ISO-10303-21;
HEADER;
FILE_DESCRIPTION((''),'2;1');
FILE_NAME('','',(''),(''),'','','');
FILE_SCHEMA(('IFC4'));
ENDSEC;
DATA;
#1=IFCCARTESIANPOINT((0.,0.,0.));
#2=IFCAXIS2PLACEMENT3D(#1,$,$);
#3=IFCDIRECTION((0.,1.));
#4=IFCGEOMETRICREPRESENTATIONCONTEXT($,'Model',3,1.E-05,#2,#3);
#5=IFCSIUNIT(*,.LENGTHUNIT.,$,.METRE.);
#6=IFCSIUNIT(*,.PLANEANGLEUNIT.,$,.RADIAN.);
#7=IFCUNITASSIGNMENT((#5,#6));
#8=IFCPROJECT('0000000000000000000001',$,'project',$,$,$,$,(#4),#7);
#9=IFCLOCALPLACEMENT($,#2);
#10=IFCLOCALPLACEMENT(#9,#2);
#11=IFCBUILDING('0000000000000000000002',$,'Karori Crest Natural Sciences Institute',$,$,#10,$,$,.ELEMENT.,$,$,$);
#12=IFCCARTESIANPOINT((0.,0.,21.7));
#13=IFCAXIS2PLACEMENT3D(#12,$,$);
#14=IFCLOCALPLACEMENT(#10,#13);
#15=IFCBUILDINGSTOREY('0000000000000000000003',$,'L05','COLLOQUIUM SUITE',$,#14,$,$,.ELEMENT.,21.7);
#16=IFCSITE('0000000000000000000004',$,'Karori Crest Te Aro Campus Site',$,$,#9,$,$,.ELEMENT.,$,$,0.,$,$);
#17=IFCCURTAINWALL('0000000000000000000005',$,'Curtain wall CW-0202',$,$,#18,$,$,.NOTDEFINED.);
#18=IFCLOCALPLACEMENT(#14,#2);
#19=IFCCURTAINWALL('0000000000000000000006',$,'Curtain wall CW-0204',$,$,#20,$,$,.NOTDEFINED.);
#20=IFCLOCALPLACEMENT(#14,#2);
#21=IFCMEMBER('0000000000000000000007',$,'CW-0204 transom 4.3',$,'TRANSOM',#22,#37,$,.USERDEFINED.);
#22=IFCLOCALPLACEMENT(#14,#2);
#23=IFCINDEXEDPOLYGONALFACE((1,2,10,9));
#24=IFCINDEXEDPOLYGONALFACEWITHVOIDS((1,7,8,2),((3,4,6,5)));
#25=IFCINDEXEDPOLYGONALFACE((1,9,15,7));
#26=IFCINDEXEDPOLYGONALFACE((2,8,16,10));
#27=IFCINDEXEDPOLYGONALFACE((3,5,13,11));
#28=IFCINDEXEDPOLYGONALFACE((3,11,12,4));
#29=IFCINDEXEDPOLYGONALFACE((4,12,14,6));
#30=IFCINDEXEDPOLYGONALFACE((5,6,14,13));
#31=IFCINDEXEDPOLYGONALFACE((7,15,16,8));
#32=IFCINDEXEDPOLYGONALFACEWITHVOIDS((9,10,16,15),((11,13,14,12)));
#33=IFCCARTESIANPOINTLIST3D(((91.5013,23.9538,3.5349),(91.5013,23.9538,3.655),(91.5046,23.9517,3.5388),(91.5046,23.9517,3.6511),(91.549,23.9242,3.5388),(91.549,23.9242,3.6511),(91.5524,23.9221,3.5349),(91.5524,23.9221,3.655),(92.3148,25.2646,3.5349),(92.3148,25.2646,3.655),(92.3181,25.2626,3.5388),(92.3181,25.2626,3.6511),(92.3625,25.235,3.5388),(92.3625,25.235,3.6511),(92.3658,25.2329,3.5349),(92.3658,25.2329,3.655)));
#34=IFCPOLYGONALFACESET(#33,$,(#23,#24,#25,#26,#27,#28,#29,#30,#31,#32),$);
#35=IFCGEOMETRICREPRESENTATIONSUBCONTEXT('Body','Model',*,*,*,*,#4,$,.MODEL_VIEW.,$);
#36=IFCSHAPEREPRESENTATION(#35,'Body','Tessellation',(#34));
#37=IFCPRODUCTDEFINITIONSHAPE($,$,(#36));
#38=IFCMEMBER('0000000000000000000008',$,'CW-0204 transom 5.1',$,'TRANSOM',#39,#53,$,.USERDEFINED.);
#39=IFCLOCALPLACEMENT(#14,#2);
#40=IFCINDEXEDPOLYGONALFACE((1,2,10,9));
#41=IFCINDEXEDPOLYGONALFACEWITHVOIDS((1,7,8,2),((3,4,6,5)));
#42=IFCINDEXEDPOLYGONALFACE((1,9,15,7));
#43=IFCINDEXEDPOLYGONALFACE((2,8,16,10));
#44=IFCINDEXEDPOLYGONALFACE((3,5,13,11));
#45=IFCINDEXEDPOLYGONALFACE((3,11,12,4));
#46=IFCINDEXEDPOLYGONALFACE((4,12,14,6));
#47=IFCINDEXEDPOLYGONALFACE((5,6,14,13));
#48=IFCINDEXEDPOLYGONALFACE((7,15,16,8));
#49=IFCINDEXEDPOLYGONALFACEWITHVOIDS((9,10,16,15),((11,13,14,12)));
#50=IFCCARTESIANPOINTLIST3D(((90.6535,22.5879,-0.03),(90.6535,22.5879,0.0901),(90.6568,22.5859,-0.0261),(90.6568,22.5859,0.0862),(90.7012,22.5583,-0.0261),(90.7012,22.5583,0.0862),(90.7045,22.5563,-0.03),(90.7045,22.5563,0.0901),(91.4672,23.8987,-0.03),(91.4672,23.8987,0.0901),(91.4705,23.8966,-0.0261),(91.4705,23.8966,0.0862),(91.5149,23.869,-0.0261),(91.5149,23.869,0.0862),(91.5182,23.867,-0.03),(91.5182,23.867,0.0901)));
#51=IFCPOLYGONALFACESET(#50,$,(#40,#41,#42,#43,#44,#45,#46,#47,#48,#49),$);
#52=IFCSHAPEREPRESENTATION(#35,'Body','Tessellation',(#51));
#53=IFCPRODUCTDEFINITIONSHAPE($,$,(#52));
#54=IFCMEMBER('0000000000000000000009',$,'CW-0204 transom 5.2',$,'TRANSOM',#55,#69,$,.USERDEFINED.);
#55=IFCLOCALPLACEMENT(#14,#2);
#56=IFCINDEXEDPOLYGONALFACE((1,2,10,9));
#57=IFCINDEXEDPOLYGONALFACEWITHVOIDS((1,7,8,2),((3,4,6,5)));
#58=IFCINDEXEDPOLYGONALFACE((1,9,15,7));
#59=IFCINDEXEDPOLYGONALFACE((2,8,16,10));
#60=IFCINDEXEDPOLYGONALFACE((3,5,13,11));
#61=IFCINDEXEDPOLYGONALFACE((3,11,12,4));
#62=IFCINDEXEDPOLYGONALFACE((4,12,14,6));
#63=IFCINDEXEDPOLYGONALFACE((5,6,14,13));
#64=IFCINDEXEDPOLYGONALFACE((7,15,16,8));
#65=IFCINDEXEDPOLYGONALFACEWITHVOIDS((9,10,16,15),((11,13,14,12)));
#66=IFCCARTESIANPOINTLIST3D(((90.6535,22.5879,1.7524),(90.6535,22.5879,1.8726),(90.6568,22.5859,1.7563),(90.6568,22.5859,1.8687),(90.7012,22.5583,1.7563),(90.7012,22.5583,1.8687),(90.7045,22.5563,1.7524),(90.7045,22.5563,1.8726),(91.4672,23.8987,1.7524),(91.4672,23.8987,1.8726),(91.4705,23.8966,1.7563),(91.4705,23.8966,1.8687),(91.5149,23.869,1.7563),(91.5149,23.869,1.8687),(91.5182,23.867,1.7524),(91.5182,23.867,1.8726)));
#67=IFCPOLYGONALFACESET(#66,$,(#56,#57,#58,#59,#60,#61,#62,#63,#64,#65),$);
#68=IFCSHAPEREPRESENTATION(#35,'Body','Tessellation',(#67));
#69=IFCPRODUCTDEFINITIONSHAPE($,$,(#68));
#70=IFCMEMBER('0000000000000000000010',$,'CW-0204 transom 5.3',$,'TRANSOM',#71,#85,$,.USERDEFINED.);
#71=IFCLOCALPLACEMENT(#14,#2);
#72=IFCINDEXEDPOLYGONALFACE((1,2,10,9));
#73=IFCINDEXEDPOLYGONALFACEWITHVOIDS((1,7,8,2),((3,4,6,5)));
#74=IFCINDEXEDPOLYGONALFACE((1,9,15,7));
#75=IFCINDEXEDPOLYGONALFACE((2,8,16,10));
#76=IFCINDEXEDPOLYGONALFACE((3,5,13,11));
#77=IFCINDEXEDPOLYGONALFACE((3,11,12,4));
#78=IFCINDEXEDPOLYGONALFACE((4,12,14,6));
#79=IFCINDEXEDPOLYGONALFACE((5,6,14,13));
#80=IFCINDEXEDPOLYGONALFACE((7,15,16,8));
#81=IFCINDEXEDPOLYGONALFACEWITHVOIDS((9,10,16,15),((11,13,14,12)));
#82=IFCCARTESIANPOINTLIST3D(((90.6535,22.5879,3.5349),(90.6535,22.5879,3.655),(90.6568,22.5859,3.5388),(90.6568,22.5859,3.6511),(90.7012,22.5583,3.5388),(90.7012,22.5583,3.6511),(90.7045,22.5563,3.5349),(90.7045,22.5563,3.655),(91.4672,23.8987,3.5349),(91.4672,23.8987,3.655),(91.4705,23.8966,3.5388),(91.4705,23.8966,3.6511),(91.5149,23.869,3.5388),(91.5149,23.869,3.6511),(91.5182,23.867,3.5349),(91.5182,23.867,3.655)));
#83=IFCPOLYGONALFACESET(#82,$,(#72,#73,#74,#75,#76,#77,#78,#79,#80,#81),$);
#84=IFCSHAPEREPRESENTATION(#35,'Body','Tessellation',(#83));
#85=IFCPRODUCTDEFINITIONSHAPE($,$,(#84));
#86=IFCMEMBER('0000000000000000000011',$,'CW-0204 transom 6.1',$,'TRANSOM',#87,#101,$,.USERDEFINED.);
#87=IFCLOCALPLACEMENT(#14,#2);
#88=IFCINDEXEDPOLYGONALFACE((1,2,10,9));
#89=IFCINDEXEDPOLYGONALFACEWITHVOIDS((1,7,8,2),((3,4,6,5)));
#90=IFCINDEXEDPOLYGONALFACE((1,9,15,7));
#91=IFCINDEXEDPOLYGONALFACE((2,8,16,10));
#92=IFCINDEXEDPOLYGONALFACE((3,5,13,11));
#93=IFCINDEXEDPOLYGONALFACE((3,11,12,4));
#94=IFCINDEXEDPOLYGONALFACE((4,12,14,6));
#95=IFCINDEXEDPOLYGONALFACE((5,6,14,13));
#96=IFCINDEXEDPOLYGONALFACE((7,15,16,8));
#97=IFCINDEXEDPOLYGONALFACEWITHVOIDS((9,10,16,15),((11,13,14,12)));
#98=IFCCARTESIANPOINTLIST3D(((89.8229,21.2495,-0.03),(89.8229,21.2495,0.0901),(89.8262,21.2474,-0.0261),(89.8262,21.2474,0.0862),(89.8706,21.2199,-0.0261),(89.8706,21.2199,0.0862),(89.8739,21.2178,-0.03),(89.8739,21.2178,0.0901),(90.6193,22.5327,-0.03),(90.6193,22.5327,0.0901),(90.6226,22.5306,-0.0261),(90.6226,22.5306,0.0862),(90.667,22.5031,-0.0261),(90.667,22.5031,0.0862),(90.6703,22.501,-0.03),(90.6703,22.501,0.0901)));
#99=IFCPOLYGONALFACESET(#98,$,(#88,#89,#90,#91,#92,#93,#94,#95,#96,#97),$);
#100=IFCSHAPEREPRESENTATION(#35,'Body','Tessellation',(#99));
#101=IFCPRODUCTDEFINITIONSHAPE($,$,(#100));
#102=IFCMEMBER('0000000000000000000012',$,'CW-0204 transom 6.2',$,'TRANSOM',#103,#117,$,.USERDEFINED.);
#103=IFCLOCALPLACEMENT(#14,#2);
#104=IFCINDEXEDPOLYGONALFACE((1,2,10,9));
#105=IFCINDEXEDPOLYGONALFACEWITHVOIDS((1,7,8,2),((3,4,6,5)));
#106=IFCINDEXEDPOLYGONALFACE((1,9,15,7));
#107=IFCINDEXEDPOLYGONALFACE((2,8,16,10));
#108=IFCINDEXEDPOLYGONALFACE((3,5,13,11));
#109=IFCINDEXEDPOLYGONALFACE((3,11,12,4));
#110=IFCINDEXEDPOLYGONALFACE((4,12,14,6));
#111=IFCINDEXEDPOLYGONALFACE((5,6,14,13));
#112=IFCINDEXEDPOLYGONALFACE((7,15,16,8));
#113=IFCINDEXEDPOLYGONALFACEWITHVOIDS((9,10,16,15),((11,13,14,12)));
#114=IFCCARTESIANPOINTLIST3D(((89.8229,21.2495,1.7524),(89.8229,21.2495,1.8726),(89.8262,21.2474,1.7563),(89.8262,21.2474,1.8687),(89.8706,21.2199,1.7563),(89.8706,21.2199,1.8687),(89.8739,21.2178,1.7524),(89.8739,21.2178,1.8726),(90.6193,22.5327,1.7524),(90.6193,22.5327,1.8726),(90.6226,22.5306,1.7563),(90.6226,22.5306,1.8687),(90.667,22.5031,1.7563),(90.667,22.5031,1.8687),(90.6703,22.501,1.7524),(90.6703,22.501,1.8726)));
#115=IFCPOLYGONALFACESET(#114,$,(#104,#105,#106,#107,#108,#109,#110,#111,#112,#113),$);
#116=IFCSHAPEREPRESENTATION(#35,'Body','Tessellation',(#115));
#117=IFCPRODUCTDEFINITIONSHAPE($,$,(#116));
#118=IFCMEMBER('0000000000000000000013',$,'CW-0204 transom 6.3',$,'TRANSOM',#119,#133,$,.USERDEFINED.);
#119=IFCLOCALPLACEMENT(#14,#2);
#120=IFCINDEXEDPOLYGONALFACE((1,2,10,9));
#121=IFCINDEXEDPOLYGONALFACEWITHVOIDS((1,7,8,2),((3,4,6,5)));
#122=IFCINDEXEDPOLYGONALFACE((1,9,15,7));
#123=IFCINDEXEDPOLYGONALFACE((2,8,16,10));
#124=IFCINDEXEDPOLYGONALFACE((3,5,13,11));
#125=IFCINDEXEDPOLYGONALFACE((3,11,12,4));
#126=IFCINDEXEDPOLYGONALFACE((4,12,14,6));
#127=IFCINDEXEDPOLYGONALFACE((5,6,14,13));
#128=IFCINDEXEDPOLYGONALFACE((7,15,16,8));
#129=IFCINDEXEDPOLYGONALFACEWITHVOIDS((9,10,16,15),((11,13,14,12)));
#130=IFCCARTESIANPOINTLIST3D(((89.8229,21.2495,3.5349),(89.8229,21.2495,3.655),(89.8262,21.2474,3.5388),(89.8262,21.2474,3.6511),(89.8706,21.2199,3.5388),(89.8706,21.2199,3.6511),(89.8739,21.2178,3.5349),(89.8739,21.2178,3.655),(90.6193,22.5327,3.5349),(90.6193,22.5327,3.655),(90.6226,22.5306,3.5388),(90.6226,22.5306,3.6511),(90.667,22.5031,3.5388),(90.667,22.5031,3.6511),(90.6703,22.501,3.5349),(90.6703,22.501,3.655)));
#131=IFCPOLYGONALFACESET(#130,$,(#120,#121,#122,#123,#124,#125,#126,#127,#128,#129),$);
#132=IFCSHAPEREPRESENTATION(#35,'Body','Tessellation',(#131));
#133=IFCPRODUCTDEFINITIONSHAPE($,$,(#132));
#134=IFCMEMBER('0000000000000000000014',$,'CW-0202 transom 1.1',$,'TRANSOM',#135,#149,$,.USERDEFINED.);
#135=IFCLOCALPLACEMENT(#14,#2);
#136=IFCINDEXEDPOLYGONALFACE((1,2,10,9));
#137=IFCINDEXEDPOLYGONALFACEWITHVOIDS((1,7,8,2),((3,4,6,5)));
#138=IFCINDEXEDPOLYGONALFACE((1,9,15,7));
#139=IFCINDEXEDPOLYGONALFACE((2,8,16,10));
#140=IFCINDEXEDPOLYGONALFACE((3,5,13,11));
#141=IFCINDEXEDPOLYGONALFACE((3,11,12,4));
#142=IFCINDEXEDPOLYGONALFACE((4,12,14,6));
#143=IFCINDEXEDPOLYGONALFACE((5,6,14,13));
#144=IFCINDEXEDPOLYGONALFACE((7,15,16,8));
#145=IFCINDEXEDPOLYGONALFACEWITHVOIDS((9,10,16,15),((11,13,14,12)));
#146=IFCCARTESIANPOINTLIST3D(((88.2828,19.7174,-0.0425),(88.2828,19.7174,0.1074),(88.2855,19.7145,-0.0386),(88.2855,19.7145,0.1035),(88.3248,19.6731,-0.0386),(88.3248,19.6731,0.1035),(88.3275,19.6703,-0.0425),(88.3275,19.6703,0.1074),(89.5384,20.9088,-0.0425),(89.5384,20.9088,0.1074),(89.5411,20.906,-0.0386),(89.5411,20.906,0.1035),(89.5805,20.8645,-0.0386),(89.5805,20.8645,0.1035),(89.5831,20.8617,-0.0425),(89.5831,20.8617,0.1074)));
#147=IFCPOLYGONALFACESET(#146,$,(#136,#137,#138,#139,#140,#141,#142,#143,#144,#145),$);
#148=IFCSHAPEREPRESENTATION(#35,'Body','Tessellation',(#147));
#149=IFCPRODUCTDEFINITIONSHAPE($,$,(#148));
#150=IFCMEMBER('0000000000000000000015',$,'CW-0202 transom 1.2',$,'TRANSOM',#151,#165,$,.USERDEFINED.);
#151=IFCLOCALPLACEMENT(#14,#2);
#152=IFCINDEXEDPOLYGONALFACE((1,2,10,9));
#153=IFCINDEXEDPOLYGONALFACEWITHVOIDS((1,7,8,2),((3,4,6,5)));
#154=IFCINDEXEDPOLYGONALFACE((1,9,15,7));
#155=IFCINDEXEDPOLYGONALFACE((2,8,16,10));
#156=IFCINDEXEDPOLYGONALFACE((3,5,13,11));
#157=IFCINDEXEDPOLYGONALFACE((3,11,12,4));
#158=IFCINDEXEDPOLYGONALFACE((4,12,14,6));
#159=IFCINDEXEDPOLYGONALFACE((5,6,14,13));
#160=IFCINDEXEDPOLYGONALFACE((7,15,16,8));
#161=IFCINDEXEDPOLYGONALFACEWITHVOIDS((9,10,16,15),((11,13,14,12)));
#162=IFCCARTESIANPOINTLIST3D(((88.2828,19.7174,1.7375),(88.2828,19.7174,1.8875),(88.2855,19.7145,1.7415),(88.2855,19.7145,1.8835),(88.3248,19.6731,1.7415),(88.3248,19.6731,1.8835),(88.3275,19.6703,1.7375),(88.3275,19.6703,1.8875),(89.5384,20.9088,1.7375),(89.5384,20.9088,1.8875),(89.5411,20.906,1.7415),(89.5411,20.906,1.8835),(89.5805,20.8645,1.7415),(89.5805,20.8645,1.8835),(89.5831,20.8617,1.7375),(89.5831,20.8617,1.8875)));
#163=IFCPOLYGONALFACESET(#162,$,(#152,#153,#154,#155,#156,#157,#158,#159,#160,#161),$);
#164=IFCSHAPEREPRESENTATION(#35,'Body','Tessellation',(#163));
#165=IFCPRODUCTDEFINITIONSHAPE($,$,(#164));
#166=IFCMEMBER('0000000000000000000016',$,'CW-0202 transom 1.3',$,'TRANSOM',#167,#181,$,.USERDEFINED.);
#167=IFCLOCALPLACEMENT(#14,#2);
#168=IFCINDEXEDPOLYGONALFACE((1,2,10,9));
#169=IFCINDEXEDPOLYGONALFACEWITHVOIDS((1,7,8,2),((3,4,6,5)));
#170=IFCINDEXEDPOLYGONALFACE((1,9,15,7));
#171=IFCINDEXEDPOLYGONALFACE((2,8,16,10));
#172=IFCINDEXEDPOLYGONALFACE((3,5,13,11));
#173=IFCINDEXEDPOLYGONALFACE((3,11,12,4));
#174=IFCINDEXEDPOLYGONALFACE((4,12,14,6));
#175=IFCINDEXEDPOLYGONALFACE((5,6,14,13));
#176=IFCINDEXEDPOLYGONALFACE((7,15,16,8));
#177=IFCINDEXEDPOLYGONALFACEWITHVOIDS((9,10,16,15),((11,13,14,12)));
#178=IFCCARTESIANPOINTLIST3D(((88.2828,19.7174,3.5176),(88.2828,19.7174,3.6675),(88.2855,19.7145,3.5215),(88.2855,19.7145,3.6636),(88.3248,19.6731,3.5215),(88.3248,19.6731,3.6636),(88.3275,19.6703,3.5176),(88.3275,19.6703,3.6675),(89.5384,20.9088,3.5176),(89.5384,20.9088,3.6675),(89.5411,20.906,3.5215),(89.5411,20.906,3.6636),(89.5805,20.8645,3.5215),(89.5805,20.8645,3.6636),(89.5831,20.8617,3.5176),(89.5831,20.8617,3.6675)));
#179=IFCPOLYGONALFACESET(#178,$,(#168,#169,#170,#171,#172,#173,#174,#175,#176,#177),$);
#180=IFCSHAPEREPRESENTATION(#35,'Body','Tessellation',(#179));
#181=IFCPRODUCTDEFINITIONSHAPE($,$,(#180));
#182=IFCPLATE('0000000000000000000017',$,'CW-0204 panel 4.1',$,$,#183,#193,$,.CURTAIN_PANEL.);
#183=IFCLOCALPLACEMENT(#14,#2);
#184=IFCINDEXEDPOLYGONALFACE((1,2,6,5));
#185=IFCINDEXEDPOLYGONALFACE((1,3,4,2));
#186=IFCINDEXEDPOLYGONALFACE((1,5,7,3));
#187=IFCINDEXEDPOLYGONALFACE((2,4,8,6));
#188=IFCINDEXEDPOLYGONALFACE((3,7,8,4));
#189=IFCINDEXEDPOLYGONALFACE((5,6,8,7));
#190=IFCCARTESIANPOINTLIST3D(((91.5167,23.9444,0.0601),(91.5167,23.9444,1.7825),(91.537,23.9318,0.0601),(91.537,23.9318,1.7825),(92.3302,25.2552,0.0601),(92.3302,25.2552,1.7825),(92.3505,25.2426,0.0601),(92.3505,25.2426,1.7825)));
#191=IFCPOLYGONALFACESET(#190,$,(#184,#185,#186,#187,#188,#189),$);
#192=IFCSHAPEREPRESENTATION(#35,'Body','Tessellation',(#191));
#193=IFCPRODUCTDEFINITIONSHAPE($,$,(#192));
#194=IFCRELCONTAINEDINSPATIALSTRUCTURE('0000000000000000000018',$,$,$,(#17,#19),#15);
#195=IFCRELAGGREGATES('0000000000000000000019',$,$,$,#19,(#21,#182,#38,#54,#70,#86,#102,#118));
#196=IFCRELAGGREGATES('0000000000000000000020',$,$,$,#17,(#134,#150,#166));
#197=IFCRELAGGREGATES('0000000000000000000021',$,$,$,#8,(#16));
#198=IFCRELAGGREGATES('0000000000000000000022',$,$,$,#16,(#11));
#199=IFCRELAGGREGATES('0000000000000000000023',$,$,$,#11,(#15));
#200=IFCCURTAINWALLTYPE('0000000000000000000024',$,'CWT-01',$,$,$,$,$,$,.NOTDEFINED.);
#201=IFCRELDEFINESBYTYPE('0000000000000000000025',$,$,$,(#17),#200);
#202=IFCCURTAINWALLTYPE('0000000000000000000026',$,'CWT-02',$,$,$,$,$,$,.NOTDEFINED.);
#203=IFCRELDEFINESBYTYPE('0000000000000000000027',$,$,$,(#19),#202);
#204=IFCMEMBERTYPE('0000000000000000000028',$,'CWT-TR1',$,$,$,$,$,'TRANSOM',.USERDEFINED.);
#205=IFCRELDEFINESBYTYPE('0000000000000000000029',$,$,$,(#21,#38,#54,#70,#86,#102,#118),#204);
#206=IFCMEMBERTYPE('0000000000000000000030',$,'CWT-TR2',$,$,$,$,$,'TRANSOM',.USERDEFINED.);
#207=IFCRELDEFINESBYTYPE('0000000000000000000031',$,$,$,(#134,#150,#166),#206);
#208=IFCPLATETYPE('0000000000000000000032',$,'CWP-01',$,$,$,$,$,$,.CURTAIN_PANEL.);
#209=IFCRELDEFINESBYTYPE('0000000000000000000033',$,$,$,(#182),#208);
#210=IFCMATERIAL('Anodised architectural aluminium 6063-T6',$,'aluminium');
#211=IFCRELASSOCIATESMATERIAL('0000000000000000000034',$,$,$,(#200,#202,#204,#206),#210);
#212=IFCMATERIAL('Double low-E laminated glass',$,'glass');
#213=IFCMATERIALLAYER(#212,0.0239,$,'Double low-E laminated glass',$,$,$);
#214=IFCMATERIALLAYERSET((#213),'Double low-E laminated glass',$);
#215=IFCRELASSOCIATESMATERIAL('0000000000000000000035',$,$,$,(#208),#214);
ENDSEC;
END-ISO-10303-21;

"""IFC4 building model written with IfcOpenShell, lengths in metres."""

from ifc_helpers import new_model, si_unit, direction, frame, origin, origin_2d, place, context, subcontext, project, spatial, rectangle, hollow_rectangle, extrude, material, layer, layer_set, material_profile, profile_set, type_object, element, aggregate, save


model = new_model("IFC4")

# Units and contexts
model_context = context("Model", 3, precision=1e-05, world=origin(), true_north=direction((0.0, 1.0)))
body_context = subcontext(model_context, "Body", "Model", "MODEL_VIEW")
ifc_project = project(units=[si_unit("LENGTHUNIT", "METRE"), si_unit("PLANEANGLEUNIT", "RADIAN")], contexts=[model_context])

# Site, building, storey
site_placement = place(None, origin())
site = spatial("IfcSite", under=ifc_project, at=site_placement, Name="Karori Crest Te Aro Campus Site", CompositionType="ELEMENT", RefElevation=0.0)
building_placement = place(site_placement, origin())
building = spatial("IfcBuilding", under=site, at=building_placement, Name="Karori Crest Natural Sciences Institute", CompositionType="ELEMENT")
storey_placement = place(building_placement, frame((0.0, 0.0, 21.7)))
storey = spatial("IfcBuildingStorey", under=building, at=storey_placement, Name="L05", Description="COLLOQUIUM SUITE", CompositionType="ELEMENT", Elevation=21.7)

# Curtain wall
ifc_material_1 = material(Name="Anodised architectural aluminium 6063-T6", Category="aluminium")
curtain_wall_type_1 = type_object("IfcCurtainWallType", Name="CWT-01", PredefinedType="NOTDEFINED", material=ifc_material_1)
curtain_wall_1_placement = place(storey_placement, origin())
curtain_wall_1 = element("IfcCurtainWall", 1, at=curtain_wall_1_placement, inside=storey, type_object=curtain_wall_type_1, Name="Curtain wall CW-0202", PredefinedType="NOTDEFINED")

# Curtain wall, members
curtain_wall_type_2 = type_object("IfcCurtainWallType", Name="CWT-02", PredefinedType="NOTDEFINED", material=ifc_material_1)
curtain_wall_2_placement = place(storey_placement, origin())
curtain_wall_2 = element("IfcCurtainWall", 2, at=curtain_wall_2_placement, inside=storey, type_object=curtain_wall_type_2, Name="Curtain wall CW-0204", PredefinedType="NOTDEFINED")
ifc_material_profile_1 = material_profile(ifc_material_1, hollow_rectangle(XDim=0.0601, YDim=0.1201, WallThickness=0.0039, at=origin_2d()), Name="CWT120x60x4")
ifc_profile_set_1 = profile_set([ifc_material_profile_1], Name="Anodised architectural aluminium 6063-T6")
member_type_1 = type_object("IfcMemberType", Name="CWT-TR1", ElementType="TRANSOM", PredefinedType="USERDEFINED", material=ifc_profile_set_1)
member_1_placement = place(storey_placement, frame((92.3403, 25.2488, 3.595), z_axis=(-0.527308, -0.849674, 0.0), x_axis=(0.849674, -0.527308, 0.0)))
member_1 = element("IfcMember", 3, at=member_1_placement, type_object=member_type_1, Name="CW-0204 transom 4.3", ObjectType="TRANSOM", PredefinedType="USERDEFINED", context=body_context, shape_type="SweptSolid", body=[
    extrude(hollow_rectangle(XDim=0.0601, YDim=0.1201, WallThickness=0.0039, at=origin_2d()), origin(), (0.0, 0.0, 1.0), 1.5427),
])
member_2_placement = place(storey_placement, frame((91.4927, 23.8828, 0.03), z_axis=(-0.527422, -0.849603, 0.0), x_axis=(0.849603, -0.527422, 0.0)))
member_2 = element("IfcMember", 4, at=member_2_placement, type_object=member_type_1, Name="CW-0204 transom 5.1", ObjectType="TRANSOM", PredefinedType="USERDEFINED", context=body_context, shape_type="SweptSolid", body=[
    extrude(hollow_rectangle(XDim=0.0601, YDim=0.1201, WallThickness=0.0039, at=origin_2d()), origin(), (0.0, 0.0, 1.0), 1.5427),
])
member_3_placement = place(storey_placement, frame((91.4927, 23.8828, 1.8125), z_axis=(-0.527422, -0.849603, 0.0), x_axis=(0.849603, -0.527422, 0.0)))
member_3 = element("IfcMember", 5, at=member_3_placement, type_object=member_type_1, Name="CW-0204 transom 5.2", ObjectType="TRANSOM", PredefinedType="USERDEFINED", context=body_context, shape_type="SweptSolid", body=[
    extrude(hollow_rectangle(XDim=0.0601, YDim=0.1201, WallThickness=0.0039, at=origin_2d()), origin(), (0.0, 0.0, 1.0), 1.5427),
])
member_4_placement = place(storey_placement, frame((91.4927, 23.8828, 3.595), z_axis=(-0.527422, -0.849603, 0.0), x_axis=(0.849603, -0.527422, 0.0)))
member_4 = element("IfcMember", 6, at=member_4_placement, type_object=member_type_1, Name="CW-0204 transom 5.3", ObjectType="TRANSOM", PredefinedType="USERDEFINED", context=body_context, shape_type="SweptSolid", body=[
    extrude(hollow_rectangle(XDim=0.0601, YDim=0.1201, WallThickness=0.0039, at=origin_2d()), origin(), (0.0, 0.0, 1.0), 1.5427),
])
member_5_placement = place(storey_placement, frame((90.6448, 22.5168, 0.03), z_axis=(-0.527323, -0.849665, 0.0), x_axis=(0.849665, -0.527323, 0.0)))
member_5 = element("IfcMember", 7, at=member_5_placement, type_object=member_type_1, Name="CW-0204 transom 6.1", ObjectType="TRANSOM", PredefinedType="USERDEFINED", context=body_context, shape_type="SweptSolid", body=[
    extrude(hollow_rectangle(XDim=0.0601, YDim=0.1201, WallThickness=0.0039, at=origin_2d()), origin(), (0.0, 0.0, 1.0), 1.5103),
])
member_6_placement = place(storey_placement, frame((90.6448, 22.5168, 1.8125), z_axis=(-0.527323, -0.849665, 0.0), x_axis=(0.849665, -0.527323, 0.0)))
member_6 = element("IfcMember", 8, at=member_6_placement, type_object=member_type_1, Name="CW-0204 transom 6.2", ObjectType="TRANSOM", PredefinedType="USERDEFINED", context=body_context, shape_type="SweptSolid", body=[
    extrude(hollow_rectangle(XDim=0.0601, YDim=0.1201, WallThickness=0.0039, at=origin_2d()), origin(), (0.0, 0.0, 1.0), 1.5103),
])
member_7_placement = place(storey_placement, frame((90.6448, 22.5168, 3.595), z_axis=(-0.527323, -0.849665, 0.0), x_axis=(0.849665, -0.527323, 0.0)))
member_7 = element("IfcMember", 9, at=member_7_placement, type_object=member_type_1, Name="CW-0204 transom 6.3", ObjectType="TRANSOM", PredefinedType="USERDEFINED", context=body_context, shape_type="SweptSolid", body=[
    extrude(hollow_rectangle(XDim=0.0601, YDim=0.1201, WallThickness=0.0039, at=origin_2d()), origin(), (0.0, 0.0, 1.0), 1.5103),
])

# Members
ifc_material_profile_2 = material_profile(ifc_material_1, hollow_rectangle(XDim=0.0649, YDim=0.1499, WallThickness=0.0039, at=origin_2d()), Name="CWT150x65x4")
ifc_profile_set_2 = profile_set([ifc_material_profile_2], Name="Anodised architectural aluminium 6063-T6")
member_type_2 = type_object("IfcMemberType", Name="CWT-TR2", ElementType="TRANSOM", PredefinedType="USERDEFINED", material=ifc_profile_set_2)
member_8_placement = place(storey_placement, frame((89.5608, 20.8853, 0.0325), z_axis=(-0.725411, -0.688316, 0.0), x_axis=(0.688316, -0.725411, 0.0)))
member_8 = element("IfcMember", 10, at=member_8_placement, type_object=member_type_2, Name="CW-0202 transom 1.1", ObjectType="TRANSOM", PredefinedType="USERDEFINED", context=body_context, shape_type="SweptSolid", body=[
    extrude(hollow_rectangle(XDim=0.0649, YDim=0.1499, WallThickness=0.0039, at=origin_2d()), origin(), (0.0, 0.0, 1.0), 1.731),
])
member_9_placement = place(storey_placement, frame((89.5608, 20.8853, 1.8125), z_axis=(-0.725411, -0.688316, 0.0), x_axis=(0.688316, -0.725411, 0.0)))
member_9 = element("IfcMember", 11, at=member_9_placement, type_object=member_type_2, Name="CW-0202 transom 1.2", ObjectType="TRANSOM", PredefinedType="USERDEFINED", context=body_context, shape_type="SweptSolid", body=[
    extrude(hollow_rectangle(XDim=0.0649, YDim=0.1499, WallThickness=0.0039, at=origin_2d()), origin(), (0.0, 0.0, 1.0), 1.731),
])
member_10_placement = place(storey_placement, frame((89.5608, 20.8853, 3.5925), z_axis=(-0.725411, -0.688316, 0.0), x_axis=(0.688316, -0.725411, 0.0)))
member_10 = element("IfcMember", 12, at=member_10_placement, type_object=member_type_2, Name="CW-0202 transom 1.3", ObjectType="TRANSOM", PredefinedType="USERDEFINED", context=body_context, shape_type="SweptSolid", body=[
    extrude(hollow_rectangle(XDim=0.0649, YDim=0.1499, WallThickness=0.0039, at=origin_2d()), origin(), (0.0, 0.0, 1.0), 1.731),
])

# Plate
ifc_material_2 = material(Name="Double low-E laminated glass", Category="glass")
ifc_layer_1 = layer(ifc_material_2, 0.0239, Name="Double low-E laminated glass")
ifc_layer_set_1 = layer_set([ifc_layer_1], Name="Double low-E laminated glass")
plate_type_1 = type_object("IfcPlateType", Name="CWP-01", PredefinedType="CURTAIN_PANEL", material=ifc_layer_set_1)
plate_1_placement = place(storey_placement, frame((91.9336, 24.5935, 0.0601), z_axis=(0.0, 0.0, 1.0), x_axis=(-0.527324, -0.849664, 0.0)))
plate_1 = element("IfcPlate", 13, at=plate_1_placement, type_object=plate_type_1, Name="CW-0204 panel 4.1", PredefinedType="CURTAIN_PANEL", context=body_context, shape_type="SweptSolid", body=[
    extrude(rectangle(XDim=1.5427, YDim=0.0239, at=origin_2d()), origin(), (0.0, 0.0, 1.0), 1.7224),
])
aggregate(curtain_wall_2, [member_1, plate_1, member_2, member_3, member_4, member_5, member_6, member_7])
aggregate(curtain_wall_1, [member_8, member_9, member_10])

save(model, "model.ifc")
